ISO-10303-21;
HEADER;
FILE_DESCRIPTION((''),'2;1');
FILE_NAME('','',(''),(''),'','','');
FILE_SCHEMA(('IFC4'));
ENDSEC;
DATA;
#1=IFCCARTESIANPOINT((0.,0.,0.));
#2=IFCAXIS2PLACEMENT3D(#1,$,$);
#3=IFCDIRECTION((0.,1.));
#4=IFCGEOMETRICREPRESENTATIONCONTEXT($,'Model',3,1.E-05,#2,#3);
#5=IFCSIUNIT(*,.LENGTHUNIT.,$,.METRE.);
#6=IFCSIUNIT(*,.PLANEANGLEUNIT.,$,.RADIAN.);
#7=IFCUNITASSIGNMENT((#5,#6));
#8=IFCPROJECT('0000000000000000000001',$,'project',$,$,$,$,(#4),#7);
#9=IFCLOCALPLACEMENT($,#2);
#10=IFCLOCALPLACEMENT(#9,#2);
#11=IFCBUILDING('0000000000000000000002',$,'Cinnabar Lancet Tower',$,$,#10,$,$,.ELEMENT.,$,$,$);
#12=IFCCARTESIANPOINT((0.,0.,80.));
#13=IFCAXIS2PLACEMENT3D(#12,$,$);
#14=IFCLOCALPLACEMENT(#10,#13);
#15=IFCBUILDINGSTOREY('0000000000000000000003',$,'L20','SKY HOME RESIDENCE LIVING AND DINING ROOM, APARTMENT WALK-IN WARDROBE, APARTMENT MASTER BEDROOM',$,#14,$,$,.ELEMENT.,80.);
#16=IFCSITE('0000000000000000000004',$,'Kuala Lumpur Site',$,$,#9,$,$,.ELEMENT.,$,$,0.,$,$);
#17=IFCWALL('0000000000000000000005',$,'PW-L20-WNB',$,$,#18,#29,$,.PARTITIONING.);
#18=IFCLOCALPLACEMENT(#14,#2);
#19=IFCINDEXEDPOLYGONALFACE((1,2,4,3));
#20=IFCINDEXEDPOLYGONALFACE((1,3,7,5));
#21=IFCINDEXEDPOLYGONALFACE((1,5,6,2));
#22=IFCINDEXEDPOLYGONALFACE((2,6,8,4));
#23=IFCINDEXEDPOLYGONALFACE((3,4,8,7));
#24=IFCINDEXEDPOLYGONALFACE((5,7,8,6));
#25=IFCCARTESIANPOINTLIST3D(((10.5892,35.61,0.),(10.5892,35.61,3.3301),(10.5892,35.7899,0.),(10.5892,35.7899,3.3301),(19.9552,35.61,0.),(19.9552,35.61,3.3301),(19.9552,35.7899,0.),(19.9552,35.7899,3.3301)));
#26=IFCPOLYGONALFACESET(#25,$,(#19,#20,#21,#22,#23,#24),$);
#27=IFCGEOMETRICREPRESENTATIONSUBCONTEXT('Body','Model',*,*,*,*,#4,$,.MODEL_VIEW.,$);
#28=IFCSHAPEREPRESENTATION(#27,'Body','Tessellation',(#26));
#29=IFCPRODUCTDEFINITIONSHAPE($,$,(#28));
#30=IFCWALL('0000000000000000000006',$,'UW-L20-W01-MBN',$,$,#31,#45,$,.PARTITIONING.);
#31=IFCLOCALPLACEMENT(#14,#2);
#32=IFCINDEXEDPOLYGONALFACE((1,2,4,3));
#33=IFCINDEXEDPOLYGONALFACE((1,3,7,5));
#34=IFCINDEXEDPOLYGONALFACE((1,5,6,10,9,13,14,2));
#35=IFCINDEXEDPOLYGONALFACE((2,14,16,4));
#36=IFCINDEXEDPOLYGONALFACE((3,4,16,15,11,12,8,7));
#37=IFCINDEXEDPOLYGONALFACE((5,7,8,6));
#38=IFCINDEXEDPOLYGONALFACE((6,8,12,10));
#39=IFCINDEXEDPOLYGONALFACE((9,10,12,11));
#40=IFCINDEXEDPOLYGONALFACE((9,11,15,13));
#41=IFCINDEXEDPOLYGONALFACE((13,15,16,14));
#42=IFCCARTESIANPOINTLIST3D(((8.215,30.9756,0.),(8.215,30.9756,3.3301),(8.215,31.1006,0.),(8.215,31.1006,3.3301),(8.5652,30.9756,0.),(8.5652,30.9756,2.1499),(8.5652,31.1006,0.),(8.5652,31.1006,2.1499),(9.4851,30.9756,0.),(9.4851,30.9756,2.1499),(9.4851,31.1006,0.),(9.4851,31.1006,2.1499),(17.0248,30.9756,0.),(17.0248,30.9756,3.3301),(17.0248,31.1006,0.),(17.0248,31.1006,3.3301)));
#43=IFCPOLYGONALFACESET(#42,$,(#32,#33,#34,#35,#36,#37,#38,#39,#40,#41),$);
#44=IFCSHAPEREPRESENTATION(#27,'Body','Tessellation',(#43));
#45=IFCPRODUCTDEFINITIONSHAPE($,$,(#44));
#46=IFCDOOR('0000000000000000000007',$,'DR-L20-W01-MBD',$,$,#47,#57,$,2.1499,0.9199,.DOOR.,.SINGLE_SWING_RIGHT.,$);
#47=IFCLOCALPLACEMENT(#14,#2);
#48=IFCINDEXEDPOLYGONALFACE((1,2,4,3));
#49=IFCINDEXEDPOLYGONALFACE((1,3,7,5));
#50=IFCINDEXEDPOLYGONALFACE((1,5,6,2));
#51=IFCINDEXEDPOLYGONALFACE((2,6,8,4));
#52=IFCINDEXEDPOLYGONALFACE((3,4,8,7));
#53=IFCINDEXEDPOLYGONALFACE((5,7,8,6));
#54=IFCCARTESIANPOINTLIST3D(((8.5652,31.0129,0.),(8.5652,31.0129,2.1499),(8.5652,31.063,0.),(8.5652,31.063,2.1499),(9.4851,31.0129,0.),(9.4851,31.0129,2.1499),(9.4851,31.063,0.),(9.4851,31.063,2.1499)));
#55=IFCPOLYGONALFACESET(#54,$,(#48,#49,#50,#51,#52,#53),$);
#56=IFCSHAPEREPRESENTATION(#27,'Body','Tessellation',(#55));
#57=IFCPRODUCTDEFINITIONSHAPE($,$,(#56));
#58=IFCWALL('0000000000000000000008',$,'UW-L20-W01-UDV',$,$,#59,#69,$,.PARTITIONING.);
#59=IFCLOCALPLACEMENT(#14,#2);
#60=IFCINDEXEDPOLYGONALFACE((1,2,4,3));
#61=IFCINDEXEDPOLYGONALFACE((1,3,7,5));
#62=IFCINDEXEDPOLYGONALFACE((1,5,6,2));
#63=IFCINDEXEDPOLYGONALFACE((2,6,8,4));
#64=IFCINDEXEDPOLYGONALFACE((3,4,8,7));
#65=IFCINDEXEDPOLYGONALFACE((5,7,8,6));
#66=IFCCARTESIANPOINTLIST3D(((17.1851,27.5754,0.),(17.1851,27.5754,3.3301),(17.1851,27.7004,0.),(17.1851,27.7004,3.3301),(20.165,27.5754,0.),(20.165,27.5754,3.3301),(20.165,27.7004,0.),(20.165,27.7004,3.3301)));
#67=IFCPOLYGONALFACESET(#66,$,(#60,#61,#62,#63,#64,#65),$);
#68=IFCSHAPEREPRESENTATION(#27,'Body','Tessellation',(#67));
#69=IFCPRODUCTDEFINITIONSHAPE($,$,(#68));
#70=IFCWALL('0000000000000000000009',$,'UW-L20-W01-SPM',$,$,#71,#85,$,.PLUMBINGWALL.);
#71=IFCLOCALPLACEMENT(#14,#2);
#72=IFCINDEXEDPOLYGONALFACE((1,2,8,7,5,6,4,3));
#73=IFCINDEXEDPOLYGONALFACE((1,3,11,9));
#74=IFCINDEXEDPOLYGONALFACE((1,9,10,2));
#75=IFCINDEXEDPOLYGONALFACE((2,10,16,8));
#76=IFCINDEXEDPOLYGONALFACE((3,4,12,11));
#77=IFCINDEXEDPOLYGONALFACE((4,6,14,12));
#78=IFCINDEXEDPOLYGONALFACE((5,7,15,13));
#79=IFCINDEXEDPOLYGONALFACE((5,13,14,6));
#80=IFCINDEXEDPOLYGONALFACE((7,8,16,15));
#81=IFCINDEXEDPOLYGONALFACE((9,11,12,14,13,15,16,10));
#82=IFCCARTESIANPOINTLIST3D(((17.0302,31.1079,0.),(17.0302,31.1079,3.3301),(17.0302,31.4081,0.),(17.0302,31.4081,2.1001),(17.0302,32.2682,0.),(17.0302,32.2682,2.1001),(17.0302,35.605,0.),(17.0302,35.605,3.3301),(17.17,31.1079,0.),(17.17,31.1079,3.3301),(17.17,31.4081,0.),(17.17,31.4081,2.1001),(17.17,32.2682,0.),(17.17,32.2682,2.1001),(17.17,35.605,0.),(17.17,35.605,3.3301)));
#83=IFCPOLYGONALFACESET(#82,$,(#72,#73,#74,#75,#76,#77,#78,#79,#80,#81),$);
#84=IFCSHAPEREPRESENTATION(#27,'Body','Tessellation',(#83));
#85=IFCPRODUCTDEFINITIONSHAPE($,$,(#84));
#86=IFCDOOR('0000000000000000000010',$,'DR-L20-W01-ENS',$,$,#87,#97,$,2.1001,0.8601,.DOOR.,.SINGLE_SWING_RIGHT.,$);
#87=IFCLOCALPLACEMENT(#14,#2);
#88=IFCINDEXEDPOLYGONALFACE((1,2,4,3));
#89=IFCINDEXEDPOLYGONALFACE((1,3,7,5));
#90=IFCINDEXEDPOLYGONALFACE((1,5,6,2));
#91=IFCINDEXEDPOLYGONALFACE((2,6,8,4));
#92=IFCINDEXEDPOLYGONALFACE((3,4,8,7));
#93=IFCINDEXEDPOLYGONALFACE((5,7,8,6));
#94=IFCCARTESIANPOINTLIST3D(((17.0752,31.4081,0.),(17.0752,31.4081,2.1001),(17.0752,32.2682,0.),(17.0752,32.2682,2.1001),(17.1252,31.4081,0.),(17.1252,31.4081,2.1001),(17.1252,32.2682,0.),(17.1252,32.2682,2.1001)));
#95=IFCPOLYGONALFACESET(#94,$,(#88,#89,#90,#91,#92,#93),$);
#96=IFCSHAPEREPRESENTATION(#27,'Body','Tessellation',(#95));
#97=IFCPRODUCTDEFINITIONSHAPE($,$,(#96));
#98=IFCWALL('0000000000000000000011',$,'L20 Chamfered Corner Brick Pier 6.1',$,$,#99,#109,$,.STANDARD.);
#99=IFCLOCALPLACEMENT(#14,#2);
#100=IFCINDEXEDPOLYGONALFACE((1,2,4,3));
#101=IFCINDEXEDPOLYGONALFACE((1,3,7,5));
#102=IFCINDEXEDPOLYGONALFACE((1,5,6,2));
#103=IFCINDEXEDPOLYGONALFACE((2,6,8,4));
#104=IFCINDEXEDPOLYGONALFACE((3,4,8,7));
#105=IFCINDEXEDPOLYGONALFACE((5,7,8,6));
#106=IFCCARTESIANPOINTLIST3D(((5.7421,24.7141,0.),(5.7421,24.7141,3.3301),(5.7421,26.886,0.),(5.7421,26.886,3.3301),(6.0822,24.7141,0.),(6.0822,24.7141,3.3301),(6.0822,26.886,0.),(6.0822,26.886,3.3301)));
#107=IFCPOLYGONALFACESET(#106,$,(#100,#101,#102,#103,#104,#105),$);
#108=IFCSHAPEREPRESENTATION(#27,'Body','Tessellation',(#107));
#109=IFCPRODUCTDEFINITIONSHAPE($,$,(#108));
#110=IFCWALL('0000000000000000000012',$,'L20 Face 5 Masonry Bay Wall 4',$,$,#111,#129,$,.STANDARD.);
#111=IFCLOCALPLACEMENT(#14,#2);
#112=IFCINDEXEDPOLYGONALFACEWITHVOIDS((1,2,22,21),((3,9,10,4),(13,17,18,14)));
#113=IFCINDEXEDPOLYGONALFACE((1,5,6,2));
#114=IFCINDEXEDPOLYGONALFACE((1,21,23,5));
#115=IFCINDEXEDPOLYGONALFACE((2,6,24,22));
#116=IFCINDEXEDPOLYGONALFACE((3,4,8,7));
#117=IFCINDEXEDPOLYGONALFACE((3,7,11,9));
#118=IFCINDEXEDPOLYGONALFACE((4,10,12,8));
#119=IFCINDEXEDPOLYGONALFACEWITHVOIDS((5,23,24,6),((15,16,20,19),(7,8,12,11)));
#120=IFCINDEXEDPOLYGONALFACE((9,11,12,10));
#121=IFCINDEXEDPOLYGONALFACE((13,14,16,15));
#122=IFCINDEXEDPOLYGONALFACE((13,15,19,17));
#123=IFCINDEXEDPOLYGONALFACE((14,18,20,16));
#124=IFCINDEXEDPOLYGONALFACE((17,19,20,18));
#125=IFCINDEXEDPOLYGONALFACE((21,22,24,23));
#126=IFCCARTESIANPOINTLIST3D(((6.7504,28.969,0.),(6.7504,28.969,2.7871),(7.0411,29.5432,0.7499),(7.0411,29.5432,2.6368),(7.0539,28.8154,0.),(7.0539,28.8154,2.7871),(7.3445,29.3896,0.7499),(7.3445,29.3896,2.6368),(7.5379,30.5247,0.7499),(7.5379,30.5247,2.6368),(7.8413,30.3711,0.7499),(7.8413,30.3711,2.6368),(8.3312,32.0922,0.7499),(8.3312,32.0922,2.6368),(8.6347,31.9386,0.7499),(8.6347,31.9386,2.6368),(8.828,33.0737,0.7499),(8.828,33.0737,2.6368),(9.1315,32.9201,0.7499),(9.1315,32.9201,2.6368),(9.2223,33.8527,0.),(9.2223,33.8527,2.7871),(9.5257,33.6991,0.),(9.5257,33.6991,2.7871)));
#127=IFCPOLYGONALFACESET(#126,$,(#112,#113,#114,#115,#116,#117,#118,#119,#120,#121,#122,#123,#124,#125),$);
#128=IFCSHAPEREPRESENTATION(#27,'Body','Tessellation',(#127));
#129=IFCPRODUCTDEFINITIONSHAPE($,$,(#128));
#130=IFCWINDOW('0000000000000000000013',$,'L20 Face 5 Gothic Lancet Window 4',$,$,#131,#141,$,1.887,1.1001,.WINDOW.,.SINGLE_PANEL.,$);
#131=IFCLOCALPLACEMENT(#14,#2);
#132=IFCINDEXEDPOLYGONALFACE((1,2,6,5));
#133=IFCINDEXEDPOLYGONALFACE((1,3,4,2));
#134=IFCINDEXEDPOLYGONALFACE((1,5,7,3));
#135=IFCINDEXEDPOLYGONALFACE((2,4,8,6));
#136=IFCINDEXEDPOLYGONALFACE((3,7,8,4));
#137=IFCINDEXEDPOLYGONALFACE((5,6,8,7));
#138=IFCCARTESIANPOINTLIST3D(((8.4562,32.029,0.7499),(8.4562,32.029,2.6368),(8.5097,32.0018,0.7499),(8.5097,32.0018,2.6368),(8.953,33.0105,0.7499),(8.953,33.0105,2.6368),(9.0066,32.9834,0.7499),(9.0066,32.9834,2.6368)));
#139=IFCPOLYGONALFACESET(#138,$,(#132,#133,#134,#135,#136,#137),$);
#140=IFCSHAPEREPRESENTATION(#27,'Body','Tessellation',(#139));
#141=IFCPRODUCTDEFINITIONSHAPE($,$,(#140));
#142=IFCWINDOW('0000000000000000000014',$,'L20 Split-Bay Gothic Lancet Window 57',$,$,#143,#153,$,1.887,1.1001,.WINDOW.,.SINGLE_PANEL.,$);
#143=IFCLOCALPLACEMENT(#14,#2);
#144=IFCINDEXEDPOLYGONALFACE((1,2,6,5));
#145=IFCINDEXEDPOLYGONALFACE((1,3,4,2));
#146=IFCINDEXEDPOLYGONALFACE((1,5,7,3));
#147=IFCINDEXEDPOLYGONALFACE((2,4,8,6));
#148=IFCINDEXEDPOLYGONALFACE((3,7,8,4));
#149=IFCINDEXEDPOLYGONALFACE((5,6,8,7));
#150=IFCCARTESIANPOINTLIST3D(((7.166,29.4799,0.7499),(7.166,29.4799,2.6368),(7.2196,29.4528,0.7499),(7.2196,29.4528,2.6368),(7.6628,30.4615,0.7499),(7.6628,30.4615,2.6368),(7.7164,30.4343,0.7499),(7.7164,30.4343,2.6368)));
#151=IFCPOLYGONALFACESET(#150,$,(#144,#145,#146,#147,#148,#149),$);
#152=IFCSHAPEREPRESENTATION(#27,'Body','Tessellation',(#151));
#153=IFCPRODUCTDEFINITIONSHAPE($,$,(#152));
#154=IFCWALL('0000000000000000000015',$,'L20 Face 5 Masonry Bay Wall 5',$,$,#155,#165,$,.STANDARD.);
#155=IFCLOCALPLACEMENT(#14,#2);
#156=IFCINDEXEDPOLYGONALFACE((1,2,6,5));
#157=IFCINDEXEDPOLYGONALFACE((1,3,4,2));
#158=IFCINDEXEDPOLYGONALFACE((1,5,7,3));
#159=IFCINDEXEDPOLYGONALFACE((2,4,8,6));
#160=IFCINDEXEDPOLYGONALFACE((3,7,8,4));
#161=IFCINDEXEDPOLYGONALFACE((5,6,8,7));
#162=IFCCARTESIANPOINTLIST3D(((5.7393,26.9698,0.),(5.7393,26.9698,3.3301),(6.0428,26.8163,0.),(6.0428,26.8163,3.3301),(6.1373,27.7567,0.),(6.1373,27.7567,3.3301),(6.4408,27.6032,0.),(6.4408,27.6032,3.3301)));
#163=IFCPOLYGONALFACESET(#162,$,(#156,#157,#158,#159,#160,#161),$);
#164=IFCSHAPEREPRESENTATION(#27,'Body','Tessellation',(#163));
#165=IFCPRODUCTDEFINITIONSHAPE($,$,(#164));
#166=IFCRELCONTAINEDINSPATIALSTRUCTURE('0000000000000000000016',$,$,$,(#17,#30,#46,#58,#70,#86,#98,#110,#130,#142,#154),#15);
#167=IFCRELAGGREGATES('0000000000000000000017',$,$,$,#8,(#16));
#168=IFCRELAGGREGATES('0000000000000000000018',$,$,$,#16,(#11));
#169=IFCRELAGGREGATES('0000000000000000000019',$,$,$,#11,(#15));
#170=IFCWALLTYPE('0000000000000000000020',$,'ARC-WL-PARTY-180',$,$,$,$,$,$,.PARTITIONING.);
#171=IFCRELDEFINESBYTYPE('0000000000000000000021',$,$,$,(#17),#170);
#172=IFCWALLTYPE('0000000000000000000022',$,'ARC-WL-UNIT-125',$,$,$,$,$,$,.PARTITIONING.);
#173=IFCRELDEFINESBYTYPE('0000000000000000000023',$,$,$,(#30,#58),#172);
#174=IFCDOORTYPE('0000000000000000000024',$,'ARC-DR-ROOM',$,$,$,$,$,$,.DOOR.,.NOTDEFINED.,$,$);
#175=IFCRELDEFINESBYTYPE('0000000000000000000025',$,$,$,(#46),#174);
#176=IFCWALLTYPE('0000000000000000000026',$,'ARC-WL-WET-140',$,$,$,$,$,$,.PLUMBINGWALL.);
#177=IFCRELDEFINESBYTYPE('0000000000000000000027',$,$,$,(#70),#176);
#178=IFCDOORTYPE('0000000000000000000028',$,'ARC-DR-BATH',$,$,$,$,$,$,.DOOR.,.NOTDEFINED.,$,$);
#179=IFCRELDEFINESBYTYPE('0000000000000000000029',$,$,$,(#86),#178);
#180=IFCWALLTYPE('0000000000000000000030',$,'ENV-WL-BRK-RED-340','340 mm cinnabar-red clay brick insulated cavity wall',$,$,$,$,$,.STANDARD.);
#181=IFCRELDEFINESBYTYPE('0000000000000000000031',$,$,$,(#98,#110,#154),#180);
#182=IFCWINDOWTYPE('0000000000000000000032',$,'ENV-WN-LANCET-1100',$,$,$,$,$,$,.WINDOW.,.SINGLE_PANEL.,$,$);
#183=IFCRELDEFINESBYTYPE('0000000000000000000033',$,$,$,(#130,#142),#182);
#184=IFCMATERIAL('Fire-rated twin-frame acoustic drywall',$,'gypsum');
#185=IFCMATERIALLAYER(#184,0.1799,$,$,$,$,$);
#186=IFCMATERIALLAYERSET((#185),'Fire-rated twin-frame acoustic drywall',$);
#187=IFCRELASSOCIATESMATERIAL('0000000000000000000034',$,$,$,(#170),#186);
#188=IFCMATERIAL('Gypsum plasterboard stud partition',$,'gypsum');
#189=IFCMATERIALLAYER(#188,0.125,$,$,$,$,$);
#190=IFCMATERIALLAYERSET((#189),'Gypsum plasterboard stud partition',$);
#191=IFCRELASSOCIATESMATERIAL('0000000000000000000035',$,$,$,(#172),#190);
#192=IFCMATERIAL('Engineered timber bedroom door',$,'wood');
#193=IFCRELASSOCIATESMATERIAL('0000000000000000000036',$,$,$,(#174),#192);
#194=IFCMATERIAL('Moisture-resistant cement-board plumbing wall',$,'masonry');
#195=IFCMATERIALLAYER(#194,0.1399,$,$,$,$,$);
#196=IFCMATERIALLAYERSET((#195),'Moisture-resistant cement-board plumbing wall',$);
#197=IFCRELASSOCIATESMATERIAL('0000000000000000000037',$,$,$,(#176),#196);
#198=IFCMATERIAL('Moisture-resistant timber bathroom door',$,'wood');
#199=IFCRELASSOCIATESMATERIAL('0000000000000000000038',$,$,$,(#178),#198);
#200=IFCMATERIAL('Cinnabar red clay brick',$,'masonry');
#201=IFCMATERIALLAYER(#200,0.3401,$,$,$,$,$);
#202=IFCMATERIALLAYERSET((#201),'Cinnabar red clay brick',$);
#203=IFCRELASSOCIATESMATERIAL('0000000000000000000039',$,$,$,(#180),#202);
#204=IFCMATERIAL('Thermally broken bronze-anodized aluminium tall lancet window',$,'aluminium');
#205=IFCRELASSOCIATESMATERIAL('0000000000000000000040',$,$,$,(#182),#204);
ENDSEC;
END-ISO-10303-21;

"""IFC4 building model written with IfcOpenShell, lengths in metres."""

from ifc_helpers import new_model, si_unit, direction, frame, frame_2d, origin, place, context, subcontext, project, spatial, rectangle, extrude, material, layer, layer_set, type_object, element, fill, save


model = new_model("IFC4")

# Units and contexts
model_context = context("Model", 3, precision=1e-05, world=origin(), true_north=direction((0.0, 1.0)))
body_context = subcontext(model_context, "Body", "Model", "MODEL_VIEW")
ifc_project = project(units=[si_unit("LENGTHUNIT", "METRE"), si_unit("PLANEANGLEUNIT", "RADIAN")], contexts=[model_context])

# Site, building, storey
site_placement = place(None, origin())
site = spatial("IfcSite", under=ifc_project, at=site_placement, Name="Kuala Lumpur Site", CompositionType="ELEMENT", RefElevation=0.0)
building_placement = place(site_placement, origin())
building = spatial("IfcBuilding", under=site, at=building_placement, Name="Cinnabar Lancet Tower", CompositionType="ELEMENT")
storey_placement = place(building_placement, frame((0.0, 0.0, 80.0)))
storey = spatial("IfcBuildingStorey", under=building, at=storey_placement, Name="L20", Description="SKY HOME RESIDENCE LIVING AND DINING ROOM, APARTMENT WALK-IN WARDROBE, APARTMENT MASTER BEDROOM", CompositionType="ELEMENT", Elevation=80.0)

# Wall
ifc_material_1 = material(Name="Fire-rated twin-frame acoustic drywall", Category="gypsum")
ifc_layer_1 = layer(ifc_material_1, 0.1799)
ifc_layer_set_1 = layer_set([ifc_layer_1], Name="Fire-rated twin-frame acoustic drywall")
wall_type_1 = type_object("IfcWallType", Name="ARC-WL-PARTY-180", PredefinedType="PARTITIONING", material=ifc_layer_set_1)
wall_1_placement = place(storey_placement, frame((10.5891, 35.7, 0.0), z_axis=(0.0, 0.0, 1.0), x_axis=(1.0, 0.0, 0.0)))
element("IfcWall", 1, at=wall_1_placement, inside=storey, type_object=wall_type_1, Name="PW-L20-WNB", PredefinedType="PARTITIONING", context=body_context, shape_type="SweptSolid", body=[
    extrude(rectangle(XDim=9.366, YDim=0.1799, at=frame_2d((4.6831, 0.0))), origin(), (0.0, 0.0, 1.0), 3.3301),
])

# Wall, opening, door
ifc_material_2 = material(Name="Gypsum plasterboard stud partition", Category="gypsum")
ifc_layer_2 = layer(ifc_material_2, 0.125)
ifc_layer_set_2 = layer_set([ifc_layer_2], Name="Gypsum plasterboard stud partition")
wall_type_2 = type_object("IfcWallType", Name="ARC-WL-UNIT-125", PredefinedType="PARTITIONING", material=ifc_layer_set_2)
wall_2_placement = place(storey_placement, frame((8.2151, 31.0381, 0.0), z_axis=(0.0, 0.0, 1.0), x_axis=(1.0, 0.0, 0.0)))
wall_2 = element("IfcWall", 2, at=wall_2_placement, inside=storey, type_object=wall_type_2, Name="UW-L20-W01-MBN", PredefinedType="PARTITIONING", context=body_context, shape_type="SweptSolid", body=[
    extrude(rectangle(XDim=8.8098, YDim=0.125, at=frame_2d((4.4048, 0.0))), origin(), (0.0, 0.0, 1.0), 3.3301),
])
opening_1_placement = place(wall_2_placement, frame((0.3501, 0.0, 0.0)))
opening_1 = element("IfcOpeningElement", 3, at=opening_1_placement, cuts=wall_2, PredefinedType="OPENING", context=body_context, shape_type="SweptSolid", body=[
    extrude(rectangle(XDim=0.9199, YDim=2.1499, at=frame_2d((0.46, 1.075))), frame((0.0, 0.0725, 0.0), z_axis=(0.0, -1.0, 0.0), x_axis=(1.0, 0.0, 0.0)), (0.0, 0.0, 1.0), 0.145),
])
ifc_material_3 = material(Name="Engineered timber bedroom door", Category="wood")
door_type_1 = type_object("IfcDoorType", Name="ARC-DR-ROOM", OperationType="NOTDEFINED", PredefinedType="DOOR", material=ifc_material_3)
door_1_placement = place(opening_1_placement, origin())
door_1 = element("IfcDoor", 4, at=door_1_placement, inside=storey, type_object=door_type_1, Name="DR-L20-W01-MBD", OperationType="SINGLE_SWING_RIGHT", OverallHeight=2.1499, OverallWidth=0.9199, PredefinedType="DOOR", context=body_context, shape_type="SweptSolid", body=[
    extrude(rectangle(XDim=0.9199, YDim=2.1499, at=frame_2d((0.46, 1.075))), frame((0.0, 0.0249, 0.0), z_axis=(0.0, -1.0, 0.0), x_axis=(1.0, 0.0, 0.0)), (0.0, 0.0, 1.0), 0.05),
])
fill(opening_1, door_1)

# Wall
wall_3_placement = place(storey_placement, frame((17.1851, 27.6379, 0.0), z_axis=(0.0, 0.0, 1.0), x_axis=(1.0, 0.0, 0.0)))
element("IfcWall", 5, at=wall_3_placement, inside=storey, type_object=wall_type_2, Name="UW-L20-W01-UDV", PredefinedType="PARTITIONING", context=body_context, shape_type="SweptSolid", body=[
    extrude(rectangle(XDim=2.98, YDim=0.125, at=frame_2d((1.49, 0.0))), origin(), (0.0, 0.0, 1.0), 3.3301),
])

# Wall, opening, door
ifc_material_4 = material(Name="Moisture-resistant cement-board plumbing wall", Category="masonry")
ifc_layer_3 = layer(ifc_material_4, 0.1399)
ifc_layer_set_3 = layer_set([ifc_layer_3], Name="Moisture-resistant cement-board plumbing wall")
wall_type_3 = type_object("IfcWallType", Name="ARC-WL-WET-140", PredefinedType="PLUMBINGWALL", material=ifc_layer_set_3)
wall_4_placement = place(storey_placement, frame((17.1001, 31.1079, 0.0), z_axis=(0.0, 0.0, 1.0), x_axis=(0.0, 1.0, 0.0)))
wall_4 = element("IfcWall", 6, at=wall_4_placement, inside=storey, type_object=wall_type_3, Name="UW-L20-W01-SPM", PredefinedType="PLUMBINGWALL", context=body_context, shape_type="SweptSolid", body=[
    extrude(rectangle(XDim=4.4971, YDim=0.1399, at=frame_2d((2.2485, 0.0))), origin(), (0.0, 0.0, 1.0), 3.3301),
])
opening_2_placement = place(wall_4_placement, frame((0.3, 0.0, 0.0)))
opening_2 = element("IfcOpeningElement", 7, at=opening_2_placement, cuts=wall_4, PredefinedType="OPENING", context=body_context, shape_type="SweptSolid", body=[
    extrude(rectangle(XDim=0.8601, YDim=2.1001, at=frame_2d((0.4302, 1.05))), frame((0.0, 0.0798, 0.0), z_axis=(0.0, -1.0, 0.0), x_axis=(1.0, 0.0, 0.0)), (0.0, 0.0, 1.0), 0.1599),
])
ifc_material_5 = material(Name="Moisture-resistant timber bathroom door", Category="wood")
door_type_2 = type_object("IfcDoorType", Name="ARC-DR-BATH", OperationType="NOTDEFINED", PredefinedType="DOOR", material=ifc_material_5)
door_2_placement = place(opening_2_placement, origin())
door_2 = element("IfcDoor", 8, at=door_2_placement, inside=storey, type_object=door_type_2, Name="DR-L20-W01-ENS", OperationType="SINGLE_SWING_RIGHT", OverallHeight=2.1001, OverallWidth=0.8601, PredefinedType="DOOR", context=body_context, shape_type="SweptSolid", body=[
    extrude(rectangle(XDim=0.8601, YDim=2.1001, at=frame_2d((0.4302, 1.05))), frame((0.0, 0.0249, 0.0), z_axis=(0.0, -1.0, 0.0), x_axis=(1.0, 0.0, 0.0)), (0.0, 0.0, 1.0), 0.05),
])
fill(opening_2, door_2)

# Wall
ifc_material_6 = material(Name="Cinnabar red clay brick", Category="masonry")
ifc_layer_4 = layer(ifc_material_6, 0.3401)
ifc_layer_set_4 = layer_set([ifc_layer_4], Name="Cinnabar red clay brick")
wall_type_4 = type_object("IfcWallType", Name="ENV-WL-BRK-RED-340", Description="340 mm cinnabar-red clay brick insulated cavity wall", PredefinedType="STANDARD", material=ifc_layer_set_4)
wall_5_placement = place(storey_placement, frame((5.9121, 26.886, 0.0), z_axis=(0.0, 0.0, 1.0), x_axis=(0.0, -1.0, 0.0)))
element("IfcWall", 9, at=wall_5_placement, inside=storey, type_object=wall_type_4, Name="L20 Chamfered Corner Brick Pier 6.1", PredefinedType="STANDARD", context=body_context, shape_type="SweptSolid", body=[
    extrude(rectangle(XDim=2.1719, YDim=0.3401, at=frame_2d((1.0859, 0.0))), origin(), (0.0, 0.0, 1.0), 3.3301),
])

# Wall, openings, windows
wall_6_placement = place(storey_placement, frame((9.374, 33.7759, 0.0), z_axis=(0.0, 0.0, 1.0), x_axis=(-0.451597, -0.892222, 0.0)))
wall_6 = element("IfcWall", 10, at=wall_6_placement, inside=storey, type_object=wall_type_4, Name="L20 Face 5 Masonry Bay Wall 4", PredefinedType="STANDARD", context=body_context, shape_type="SweptSolid", body=[
    extrude(rectangle(XDim=5.4736, YDim=0.3401, at=frame_2d((2.7368, 0.0))), origin(), (0.0, 0.0, 1.0), 2.7871),
])
opening_3_placement = place(wall_6_placement, frame((0.873, 0.0, 0.75)))
opening_3 = element("IfcOpeningElement", 11, at=opening_3_placement, cuts=wall_6, PredefinedType="OPENING", context=body_context, shape_type="SweptSolid", body=[
    extrude(rectangle(XDim=1.1001, YDim=1.887, at=frame_2d((0.55, 0.9434))), frame((0.0, 0.1799, 0.0), z_axis=(0.0, -1.0, 0.0), x_axis=(1.0, 0.0, 0.0)), (0.0, 0.0, 1.0), 0.3601),
])
opening_4_placement = place(wall_6_placement, frame((3.73, 0.0, 0.75)))
opening_4 = element("IfcOpeningElement", 12, at=opening_4_placement, cuts=wall_6, PredefinedType="OPENING", context=body_context, shape_type="SweptSolid", body=[
    extrude(rectangle(XDim=1.1001, YDim=1.887, at=frame_2d((0.55, 0.9434))), frame((0.0, 0.1799, 0.0), z_axis=(0.0, -1.0, 0.0), x_axis=(1.0, 0.0, 0.0)), (0.0, 0.0, 1.0), 0.3601),
])
ifc_material_7 = material(Name="Thermally broken bronze-anodized aluminium tall lancet window", Category="aluminium")
window_type = type_object("IfcWindowType", Name="ENV-WN-LANCET-1100", PartitioningType="SINGLE_PANEL", PredefinedType="WINDOW", material=ifc_material_7)
window_1_placement = place(opening_3_placement, origin())
window_1 = element("IfcWindow", 13, at=window_1_placement, inside=storey, type_object=window_type, Name="L20 Face 5 Gothic Lancet Window 4", OverallHeight=1.887, OverallWidth=1.1001, PartitioningType="SINGLE_PANEL", PredefinedType="WINDOW", context=body_context, shape_type="SweptSolid", body=[
    extrude(rectangle(XDim=1.1001, YDim=1.887, at=frame_2d((0.55, 0.9434))), frame((0.0, 0.03, 0.0), z_axis=(0.0, -1.0, 0.0), x_axis=(1.0, 0.0, 0.0)), (0.0, 0.0, 1.0), 0.0601),
])
fill(opening_3, window_1)
window_2_placement = place(opening_4_placement, origin())
window_2 = element("IfcWindow", 14, at=window_2_placement, inside=storey, type_object=window_type, Name="L20 Split-Bay Gothic Lancet Window 57", OverallHeight=1.887, OverallWidth=1.1001, PartitioningType="SINGLE_PANEL", PredefinedType="WINDOW", context=body_context, shape_type="SweptSolid", body=[
    extrude(rectangle(XDim=1.1001, YDim=1.887, at=frame_2d((0.55, 0.9434))), frame((0.0, 0.03, 0.0), z_axis=(0.0, -1.0, 0.0), x_axis=(1.0, 0.0, 0.0)), (0.0, 0.0, 1.0), 0.0601),
])
fill(opening_4, window_2)

# Wall
wall_7_placement = place(storey_placement, frame((6.2891, 27.6799, 0.0), z_axis=(0.0, 0.0, 1.0), x_axis=(-0.451307, -0.892369, 0.0)))
element("IfcWall", 15, at=wall_7_placement, inside=storey, type_object=wall_type_4, Name="L20 Face 5 Masonry Bay Wall 5", PredefinedType="STANDARD", context=body_context, shape_type="SweptSolid", body=[
    extrude(rectangle(XDim=0.8818, YDim=0.3401, at=frame_2d((0.4409, 0.0))), origin(), (0.0, 0.0, 1.0), 3.3301),
])

save(model, "model.ifc")
